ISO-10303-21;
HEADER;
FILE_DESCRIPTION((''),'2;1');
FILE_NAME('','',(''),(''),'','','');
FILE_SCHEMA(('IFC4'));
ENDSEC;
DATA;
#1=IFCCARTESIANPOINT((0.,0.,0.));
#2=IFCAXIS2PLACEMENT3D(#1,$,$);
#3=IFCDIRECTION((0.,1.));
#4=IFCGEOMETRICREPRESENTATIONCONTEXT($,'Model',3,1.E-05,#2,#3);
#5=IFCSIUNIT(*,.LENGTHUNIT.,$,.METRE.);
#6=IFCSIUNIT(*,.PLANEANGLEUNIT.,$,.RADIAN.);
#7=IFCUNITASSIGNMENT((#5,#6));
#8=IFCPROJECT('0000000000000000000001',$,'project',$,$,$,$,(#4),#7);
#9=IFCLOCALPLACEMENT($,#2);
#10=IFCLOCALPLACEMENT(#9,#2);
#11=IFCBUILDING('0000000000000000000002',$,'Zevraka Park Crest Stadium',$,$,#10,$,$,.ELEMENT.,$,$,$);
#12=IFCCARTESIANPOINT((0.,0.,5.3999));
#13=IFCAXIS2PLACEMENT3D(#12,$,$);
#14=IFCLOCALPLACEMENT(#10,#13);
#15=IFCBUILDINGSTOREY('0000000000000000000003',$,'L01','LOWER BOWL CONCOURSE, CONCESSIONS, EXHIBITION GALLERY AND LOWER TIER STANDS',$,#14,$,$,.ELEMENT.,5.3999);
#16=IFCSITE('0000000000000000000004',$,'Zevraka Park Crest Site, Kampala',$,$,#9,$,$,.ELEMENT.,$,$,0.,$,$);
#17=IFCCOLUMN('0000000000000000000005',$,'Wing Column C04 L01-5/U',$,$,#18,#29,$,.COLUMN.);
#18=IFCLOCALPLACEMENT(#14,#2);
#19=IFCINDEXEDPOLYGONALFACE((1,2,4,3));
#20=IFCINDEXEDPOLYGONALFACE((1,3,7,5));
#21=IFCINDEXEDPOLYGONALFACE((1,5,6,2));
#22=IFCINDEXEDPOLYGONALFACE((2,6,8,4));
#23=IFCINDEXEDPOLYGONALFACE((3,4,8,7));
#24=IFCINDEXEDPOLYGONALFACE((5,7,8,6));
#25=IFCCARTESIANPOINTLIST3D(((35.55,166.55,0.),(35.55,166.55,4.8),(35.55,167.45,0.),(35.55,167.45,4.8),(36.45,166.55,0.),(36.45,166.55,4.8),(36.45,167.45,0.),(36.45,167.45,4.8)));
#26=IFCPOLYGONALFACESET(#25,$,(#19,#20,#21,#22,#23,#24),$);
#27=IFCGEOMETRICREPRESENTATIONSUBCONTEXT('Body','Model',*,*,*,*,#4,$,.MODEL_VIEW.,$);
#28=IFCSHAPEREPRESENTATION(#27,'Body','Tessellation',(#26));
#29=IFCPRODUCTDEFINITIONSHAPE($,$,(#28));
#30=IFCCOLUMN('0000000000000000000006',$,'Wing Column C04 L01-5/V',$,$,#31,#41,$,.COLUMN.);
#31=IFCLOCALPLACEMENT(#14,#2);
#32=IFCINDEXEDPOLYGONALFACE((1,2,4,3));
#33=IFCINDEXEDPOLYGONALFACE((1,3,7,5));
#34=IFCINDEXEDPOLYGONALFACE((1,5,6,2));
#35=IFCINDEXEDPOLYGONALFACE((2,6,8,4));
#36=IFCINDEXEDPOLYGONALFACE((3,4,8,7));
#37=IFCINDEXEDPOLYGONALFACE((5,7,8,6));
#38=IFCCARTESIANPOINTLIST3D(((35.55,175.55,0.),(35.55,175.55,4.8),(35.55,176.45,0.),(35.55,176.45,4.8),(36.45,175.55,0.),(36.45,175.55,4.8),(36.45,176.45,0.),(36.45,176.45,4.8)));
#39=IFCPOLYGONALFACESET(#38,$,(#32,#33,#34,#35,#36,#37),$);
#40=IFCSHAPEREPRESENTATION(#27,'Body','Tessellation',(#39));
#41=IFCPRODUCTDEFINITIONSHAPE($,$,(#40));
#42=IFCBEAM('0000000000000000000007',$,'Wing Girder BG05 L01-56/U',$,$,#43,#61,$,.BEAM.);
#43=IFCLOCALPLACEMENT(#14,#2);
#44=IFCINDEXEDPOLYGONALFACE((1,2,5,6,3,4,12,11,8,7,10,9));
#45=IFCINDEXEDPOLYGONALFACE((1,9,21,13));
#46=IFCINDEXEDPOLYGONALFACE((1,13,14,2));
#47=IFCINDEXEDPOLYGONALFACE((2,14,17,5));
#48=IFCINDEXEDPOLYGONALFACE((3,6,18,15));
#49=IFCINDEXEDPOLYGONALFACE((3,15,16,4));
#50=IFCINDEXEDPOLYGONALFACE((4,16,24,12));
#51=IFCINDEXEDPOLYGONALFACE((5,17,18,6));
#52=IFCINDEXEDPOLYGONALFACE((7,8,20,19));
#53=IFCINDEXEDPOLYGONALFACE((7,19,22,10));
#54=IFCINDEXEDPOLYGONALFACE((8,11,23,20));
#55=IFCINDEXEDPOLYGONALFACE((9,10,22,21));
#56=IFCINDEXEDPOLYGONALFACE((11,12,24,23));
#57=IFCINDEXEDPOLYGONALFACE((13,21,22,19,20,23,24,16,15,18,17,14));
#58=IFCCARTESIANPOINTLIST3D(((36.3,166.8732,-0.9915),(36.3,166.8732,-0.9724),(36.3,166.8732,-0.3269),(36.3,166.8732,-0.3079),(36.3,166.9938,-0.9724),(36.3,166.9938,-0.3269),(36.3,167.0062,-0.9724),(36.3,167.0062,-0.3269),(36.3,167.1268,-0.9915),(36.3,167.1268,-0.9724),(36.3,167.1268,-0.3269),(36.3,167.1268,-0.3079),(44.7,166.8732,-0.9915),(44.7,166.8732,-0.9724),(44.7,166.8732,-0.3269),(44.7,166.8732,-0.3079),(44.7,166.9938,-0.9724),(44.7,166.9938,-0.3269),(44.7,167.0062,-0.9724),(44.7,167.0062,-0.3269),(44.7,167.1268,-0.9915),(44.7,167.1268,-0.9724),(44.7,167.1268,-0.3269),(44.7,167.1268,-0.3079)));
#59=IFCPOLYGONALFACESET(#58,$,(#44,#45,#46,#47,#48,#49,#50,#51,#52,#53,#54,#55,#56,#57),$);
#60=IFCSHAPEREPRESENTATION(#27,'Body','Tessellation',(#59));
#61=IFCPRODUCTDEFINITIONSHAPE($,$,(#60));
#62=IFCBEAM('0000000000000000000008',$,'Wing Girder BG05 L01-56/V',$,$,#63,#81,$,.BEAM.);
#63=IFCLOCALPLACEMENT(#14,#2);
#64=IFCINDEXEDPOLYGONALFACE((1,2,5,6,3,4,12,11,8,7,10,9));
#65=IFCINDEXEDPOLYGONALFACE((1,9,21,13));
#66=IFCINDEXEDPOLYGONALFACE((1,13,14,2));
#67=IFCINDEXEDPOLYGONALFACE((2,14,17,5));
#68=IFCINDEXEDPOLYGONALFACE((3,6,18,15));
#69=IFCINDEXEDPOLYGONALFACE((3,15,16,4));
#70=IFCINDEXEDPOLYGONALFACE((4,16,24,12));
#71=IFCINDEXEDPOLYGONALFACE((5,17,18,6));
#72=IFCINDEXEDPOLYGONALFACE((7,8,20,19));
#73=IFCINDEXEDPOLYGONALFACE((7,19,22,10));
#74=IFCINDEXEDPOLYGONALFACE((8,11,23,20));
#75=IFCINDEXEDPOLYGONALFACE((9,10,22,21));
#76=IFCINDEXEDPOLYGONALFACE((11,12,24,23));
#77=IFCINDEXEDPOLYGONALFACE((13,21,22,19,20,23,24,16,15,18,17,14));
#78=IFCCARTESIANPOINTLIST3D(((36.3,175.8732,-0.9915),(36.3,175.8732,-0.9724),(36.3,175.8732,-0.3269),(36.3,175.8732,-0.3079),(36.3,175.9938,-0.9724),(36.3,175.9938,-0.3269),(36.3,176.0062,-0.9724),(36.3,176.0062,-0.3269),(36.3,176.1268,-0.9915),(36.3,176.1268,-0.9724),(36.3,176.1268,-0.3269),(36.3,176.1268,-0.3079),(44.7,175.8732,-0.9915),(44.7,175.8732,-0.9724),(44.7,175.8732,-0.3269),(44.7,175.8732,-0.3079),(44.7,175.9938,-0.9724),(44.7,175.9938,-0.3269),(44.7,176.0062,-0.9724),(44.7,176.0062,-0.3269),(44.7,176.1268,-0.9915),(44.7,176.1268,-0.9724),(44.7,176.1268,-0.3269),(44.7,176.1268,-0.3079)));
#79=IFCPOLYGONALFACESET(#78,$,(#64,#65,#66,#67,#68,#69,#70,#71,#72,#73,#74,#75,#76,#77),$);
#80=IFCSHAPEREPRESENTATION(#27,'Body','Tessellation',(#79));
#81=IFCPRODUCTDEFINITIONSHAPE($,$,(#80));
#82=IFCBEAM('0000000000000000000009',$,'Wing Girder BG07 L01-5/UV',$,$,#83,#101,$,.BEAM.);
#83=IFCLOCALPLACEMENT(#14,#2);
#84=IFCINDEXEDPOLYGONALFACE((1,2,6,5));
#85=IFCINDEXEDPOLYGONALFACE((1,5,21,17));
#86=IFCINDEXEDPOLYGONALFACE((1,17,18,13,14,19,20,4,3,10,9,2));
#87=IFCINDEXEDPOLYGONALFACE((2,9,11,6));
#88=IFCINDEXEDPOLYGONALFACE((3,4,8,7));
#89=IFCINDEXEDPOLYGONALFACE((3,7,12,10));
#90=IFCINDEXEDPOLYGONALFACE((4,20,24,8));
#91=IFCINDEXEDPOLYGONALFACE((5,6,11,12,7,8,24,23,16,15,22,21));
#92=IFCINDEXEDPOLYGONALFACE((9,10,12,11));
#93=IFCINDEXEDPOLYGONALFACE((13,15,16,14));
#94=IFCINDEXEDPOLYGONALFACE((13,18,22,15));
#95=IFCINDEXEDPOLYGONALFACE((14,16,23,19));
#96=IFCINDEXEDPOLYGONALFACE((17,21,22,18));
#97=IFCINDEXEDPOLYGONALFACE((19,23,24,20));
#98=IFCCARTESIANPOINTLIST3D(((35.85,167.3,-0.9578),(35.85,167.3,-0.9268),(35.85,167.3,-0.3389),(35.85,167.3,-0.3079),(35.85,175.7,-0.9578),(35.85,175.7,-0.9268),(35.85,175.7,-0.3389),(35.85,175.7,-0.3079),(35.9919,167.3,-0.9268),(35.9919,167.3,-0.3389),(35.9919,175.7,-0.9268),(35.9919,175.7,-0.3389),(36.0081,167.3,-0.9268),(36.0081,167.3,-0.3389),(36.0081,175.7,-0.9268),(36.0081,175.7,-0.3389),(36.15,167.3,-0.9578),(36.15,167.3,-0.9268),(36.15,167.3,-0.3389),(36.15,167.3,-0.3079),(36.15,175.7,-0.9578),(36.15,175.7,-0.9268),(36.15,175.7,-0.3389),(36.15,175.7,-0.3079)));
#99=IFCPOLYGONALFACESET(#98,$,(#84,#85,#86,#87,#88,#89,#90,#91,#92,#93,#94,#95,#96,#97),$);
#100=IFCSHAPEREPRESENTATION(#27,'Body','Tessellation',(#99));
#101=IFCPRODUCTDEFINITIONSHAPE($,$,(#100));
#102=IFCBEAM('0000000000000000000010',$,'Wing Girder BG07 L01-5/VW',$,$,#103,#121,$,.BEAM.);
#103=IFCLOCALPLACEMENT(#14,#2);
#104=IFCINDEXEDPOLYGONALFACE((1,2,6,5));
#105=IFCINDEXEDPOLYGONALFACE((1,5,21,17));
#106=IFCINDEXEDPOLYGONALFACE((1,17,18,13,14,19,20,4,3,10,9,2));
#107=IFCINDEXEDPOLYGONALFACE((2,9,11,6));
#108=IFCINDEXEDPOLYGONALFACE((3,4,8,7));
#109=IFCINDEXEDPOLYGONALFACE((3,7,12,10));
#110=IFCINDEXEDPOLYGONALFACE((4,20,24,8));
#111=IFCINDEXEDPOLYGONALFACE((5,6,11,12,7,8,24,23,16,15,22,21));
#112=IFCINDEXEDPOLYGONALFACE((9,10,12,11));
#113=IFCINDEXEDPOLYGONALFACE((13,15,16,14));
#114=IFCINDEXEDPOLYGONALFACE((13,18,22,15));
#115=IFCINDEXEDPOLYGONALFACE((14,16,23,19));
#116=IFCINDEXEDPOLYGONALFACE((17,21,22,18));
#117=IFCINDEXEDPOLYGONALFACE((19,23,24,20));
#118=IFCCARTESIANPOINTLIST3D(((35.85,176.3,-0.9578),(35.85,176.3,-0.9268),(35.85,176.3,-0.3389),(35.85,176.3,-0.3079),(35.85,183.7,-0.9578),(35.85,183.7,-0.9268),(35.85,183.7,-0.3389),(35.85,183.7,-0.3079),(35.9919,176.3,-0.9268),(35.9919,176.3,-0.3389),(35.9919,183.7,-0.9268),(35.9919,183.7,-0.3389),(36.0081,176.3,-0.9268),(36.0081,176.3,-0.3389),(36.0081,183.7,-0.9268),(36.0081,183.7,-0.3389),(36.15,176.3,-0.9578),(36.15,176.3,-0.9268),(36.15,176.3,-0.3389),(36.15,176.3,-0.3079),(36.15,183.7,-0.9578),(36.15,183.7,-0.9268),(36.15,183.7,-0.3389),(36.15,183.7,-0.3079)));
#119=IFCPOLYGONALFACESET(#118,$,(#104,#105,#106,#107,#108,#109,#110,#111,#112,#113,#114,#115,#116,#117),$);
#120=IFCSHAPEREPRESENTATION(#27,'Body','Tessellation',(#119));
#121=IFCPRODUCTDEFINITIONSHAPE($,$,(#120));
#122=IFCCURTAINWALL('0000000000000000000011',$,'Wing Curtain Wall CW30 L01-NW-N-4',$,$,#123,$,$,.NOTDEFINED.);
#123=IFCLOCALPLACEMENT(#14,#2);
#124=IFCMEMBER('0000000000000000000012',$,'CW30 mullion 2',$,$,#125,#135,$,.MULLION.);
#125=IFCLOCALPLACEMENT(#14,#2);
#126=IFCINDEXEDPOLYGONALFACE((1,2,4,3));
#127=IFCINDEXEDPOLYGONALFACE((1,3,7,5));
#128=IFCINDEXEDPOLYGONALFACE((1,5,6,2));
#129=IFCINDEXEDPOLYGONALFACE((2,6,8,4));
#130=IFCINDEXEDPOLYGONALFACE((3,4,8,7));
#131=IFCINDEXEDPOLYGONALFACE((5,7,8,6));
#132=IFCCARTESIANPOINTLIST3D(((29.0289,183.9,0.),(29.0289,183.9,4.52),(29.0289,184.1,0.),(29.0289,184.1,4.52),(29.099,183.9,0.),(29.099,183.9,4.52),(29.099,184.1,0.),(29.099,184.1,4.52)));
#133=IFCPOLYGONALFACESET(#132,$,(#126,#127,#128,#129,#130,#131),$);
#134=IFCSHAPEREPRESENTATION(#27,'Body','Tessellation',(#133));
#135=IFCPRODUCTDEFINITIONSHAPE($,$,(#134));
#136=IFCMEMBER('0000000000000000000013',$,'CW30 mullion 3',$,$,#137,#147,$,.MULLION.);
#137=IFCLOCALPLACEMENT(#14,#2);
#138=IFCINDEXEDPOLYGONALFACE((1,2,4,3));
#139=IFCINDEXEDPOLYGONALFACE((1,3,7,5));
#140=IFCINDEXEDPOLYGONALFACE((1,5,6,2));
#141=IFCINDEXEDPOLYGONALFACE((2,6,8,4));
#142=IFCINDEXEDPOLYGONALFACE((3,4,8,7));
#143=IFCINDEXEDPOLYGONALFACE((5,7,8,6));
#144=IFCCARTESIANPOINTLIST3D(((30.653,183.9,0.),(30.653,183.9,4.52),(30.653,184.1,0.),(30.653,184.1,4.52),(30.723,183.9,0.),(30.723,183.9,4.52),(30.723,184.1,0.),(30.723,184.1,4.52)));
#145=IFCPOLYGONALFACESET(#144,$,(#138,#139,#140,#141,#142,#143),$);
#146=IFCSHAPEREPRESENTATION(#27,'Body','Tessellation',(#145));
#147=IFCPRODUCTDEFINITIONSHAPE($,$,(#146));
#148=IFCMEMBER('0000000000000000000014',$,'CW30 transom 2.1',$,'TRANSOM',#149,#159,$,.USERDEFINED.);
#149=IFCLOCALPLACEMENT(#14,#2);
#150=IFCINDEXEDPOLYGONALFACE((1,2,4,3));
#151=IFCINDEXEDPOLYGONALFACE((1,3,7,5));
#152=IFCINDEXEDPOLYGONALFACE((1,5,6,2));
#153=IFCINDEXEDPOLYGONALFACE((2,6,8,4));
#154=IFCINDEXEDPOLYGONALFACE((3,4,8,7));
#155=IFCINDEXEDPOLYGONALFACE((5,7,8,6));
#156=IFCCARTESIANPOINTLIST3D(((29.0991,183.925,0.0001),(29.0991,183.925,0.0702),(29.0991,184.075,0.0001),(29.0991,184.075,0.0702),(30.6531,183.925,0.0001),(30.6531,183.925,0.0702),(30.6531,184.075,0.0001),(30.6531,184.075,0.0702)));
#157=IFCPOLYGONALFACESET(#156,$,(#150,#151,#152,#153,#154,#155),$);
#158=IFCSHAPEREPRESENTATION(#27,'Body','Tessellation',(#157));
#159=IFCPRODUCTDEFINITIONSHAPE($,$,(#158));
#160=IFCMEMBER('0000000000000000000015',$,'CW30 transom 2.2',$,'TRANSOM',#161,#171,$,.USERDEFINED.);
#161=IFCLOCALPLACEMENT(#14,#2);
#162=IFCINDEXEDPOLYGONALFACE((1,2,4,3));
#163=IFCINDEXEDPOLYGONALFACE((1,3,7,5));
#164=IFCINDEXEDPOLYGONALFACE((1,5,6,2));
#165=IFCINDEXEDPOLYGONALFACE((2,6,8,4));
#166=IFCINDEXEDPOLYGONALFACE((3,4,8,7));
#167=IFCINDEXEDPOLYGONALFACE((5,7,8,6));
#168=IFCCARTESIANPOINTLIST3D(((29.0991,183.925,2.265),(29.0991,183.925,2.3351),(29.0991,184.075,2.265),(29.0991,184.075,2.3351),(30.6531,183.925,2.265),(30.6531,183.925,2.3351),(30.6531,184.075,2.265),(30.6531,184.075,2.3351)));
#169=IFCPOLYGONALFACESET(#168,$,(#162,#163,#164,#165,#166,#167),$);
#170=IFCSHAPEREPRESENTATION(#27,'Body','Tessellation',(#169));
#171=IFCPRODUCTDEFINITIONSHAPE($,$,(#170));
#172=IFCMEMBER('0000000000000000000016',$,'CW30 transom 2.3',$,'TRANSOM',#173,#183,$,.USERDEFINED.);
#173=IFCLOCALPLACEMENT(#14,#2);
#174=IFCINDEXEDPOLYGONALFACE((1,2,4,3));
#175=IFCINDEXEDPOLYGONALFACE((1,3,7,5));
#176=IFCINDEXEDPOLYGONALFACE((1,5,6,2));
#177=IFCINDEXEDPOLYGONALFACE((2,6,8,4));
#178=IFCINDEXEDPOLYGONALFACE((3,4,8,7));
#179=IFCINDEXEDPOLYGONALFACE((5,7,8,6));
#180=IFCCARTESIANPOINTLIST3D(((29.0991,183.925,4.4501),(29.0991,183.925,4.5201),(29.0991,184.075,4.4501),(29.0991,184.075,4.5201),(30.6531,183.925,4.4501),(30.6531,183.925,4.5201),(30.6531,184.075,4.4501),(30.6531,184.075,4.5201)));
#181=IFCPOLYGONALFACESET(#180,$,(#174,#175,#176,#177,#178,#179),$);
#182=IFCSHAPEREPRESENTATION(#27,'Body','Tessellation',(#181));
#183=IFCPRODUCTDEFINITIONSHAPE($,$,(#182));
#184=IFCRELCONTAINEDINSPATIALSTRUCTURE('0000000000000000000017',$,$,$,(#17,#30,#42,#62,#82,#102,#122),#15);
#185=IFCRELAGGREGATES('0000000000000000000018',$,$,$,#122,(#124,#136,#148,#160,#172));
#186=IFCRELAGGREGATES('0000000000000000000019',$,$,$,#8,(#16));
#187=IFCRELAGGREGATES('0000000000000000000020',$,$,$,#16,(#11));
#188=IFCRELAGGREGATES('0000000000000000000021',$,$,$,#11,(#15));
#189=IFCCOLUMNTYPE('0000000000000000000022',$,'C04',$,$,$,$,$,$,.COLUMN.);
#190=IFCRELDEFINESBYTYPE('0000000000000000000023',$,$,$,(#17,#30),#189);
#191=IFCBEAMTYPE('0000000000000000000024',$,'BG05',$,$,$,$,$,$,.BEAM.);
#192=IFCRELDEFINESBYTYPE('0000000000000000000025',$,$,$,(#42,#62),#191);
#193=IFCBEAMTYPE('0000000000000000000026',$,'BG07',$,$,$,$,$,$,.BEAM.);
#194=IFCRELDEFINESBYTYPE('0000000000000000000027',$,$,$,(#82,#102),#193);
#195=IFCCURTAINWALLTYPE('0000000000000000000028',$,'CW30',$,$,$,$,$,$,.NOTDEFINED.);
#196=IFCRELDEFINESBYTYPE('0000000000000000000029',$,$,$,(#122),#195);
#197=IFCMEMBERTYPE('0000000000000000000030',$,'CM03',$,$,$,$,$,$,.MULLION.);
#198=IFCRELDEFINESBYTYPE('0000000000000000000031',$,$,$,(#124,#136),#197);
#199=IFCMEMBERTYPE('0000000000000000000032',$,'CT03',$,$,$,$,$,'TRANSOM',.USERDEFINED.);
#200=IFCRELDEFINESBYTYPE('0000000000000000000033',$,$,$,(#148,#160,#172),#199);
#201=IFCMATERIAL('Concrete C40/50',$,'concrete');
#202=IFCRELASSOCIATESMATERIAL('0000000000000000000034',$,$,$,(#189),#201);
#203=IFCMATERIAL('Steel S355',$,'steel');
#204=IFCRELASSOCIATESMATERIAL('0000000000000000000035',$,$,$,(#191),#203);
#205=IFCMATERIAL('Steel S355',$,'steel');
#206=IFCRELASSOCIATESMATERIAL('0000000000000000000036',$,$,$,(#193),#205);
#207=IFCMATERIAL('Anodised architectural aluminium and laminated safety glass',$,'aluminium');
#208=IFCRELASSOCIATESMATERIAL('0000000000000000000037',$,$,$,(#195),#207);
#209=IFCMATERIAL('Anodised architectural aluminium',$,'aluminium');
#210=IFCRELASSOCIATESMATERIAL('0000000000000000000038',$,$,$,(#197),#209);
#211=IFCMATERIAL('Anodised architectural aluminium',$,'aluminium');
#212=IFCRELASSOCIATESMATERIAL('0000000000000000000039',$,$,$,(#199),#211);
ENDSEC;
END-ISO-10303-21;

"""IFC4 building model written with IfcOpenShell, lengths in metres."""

from ifc_helpers import new_model, si_unit, direction, frame, origin, origin_2d, place, context, subcontext, project, spatial, rectangle, i_section, extrude, material, material_profile, profile_set, type_object, element, aggregate, save


model = new_model("IFC4")

# Units and contexts
model_context = context("Model", 3, precision=1e-05, world=origin(), true_north=direction((0.0, 1.0)))
body_context = subcontext(model_context, "Body", "Model", "MODEL_VIEW")
ifc_project = project(units=[si_unit("LENGTHUNIT", "METRE"), si_unit("PLANEANGLEUNIT", "RADIAN")], contexts=[model_context])

# Site, building, storey
site_placement = place(None, origin())
site = spatial("IfcSite", under=ifc_project, at=site_placement, Name="Zevraka Park Crest Site, Kampala", CompositionType="ELEMENT", RefElevation=0.0)
building_placement = place(site_placement, origin())
building = spatial("IfcBuilding", under=site, at=building_placement, Name="Zevraka Park Crest Stadium", CompositionType="ELEMENT")
storey_placement = place(building_placement, frame((0.0, 0.0, 5.3999)))
storey = spatial("IfcBuildingStorey", under=building, at=storey_placement, Name="L01", Description="LOWER BOWL CONCOURSE, CONCESSIONS, EXHIBITION GALLERY AND LOWER TIER STANDS", CompositionType="ELEMENT", Elevation=5.3999)

# Columns
ifc_material_1 = material(Name="Concrete C40/50", Category="concrete")
ifc_material_profile_1 = material_profile(ifc_material_1, rectangle(XDim=0.8999, YDim=0.8999, at=origin_2d()), Name="RC 900x900")
ifc_profile_set_1 = profile_set([ifc_material_profile_1], Name="Concrete C40/50")
column_type = type_object("IfcColumnType", Name="C04", PredefinedType="COLUMN", material=ifc_profile_set_1)
for number, where, z_axis, x_axis, name in (
    (1, (36.0, 167.0, 0.0), (0.0, 0.0, 1.0), (1.0, 0.0, 0.0), "Wing Column C04 L01-5/U"),
    (2, (36.0, 176.0, 0.0), (0.0, 0.0, 1.0), (1.0, 0.0, 0.0), "Wing Column C04 L01-5/V"),
):
    element("IfcColumn", number, at=place(storey_placement, frame(where, z_axis=z_axis, x_axis=x_axis)), inside=storey, type_object=column_type, Name=name, PredefinedType="COLUMN", context=body_context, shape_type="SweptSolid", body=[
        extrude(rectangle(XDim=0.8999, YDim=0.8999, at=origin_2d()), origin(), (0.0, 0.0, 1.0), 4.8),
    ])

# Beams
ifc_material_2 = material(Name="Steel S355", Category="steel")
ifc_material_profile_2 = material_profile(ifc_material_2, i_section(OverallWidth=0.2537, OverallDepth=0.6836, WebThickness=0.0125, FlangeThickness=0.019, at=origin_2d()), Name="UKB 686x254x140")
ifc_profile_set_2 = profile_set([ifc_material_profile_2], Name="Steel S355")
beam_type_1 = type_object("IfcBeamType", Name="BG05", PredefinedType="BEAM", material=ifc_profile_set_2)
for number, where, z_axis, x_axis, name in (
    (3, (36.3, 167.0, -0.6497), (1.0, 0.0, 0.0), (0.0, 1.0, 0.0), "Wing Girder BG05 L01-56/U"),
    (4, (36.3, 176.0, -0.6497), (1.0, 0.0, 0.0), (0.0, 1.0, 0.0), "Wing Girder BG05 L01-56/V"),
):
    element("IfcBeam", number, at=place(storey_placement, frame(where, z_axis=z_axis, x_axis=x_axis)), inside=storey, type_object=beam_type_1, Name=name, PredefinedType="BEAM", context=body_context, shape_type="SweptSolid", body=[
        extrude(i_section(OverallWidth=0.2537, OverallDepth=0.6836, WebThickness=0.0125, FlangeThickness=0.019, at=origin_2d()), origin(), (0.0, 0.0, 1.0), 8.3999),
    ])
ifc_material_3 = material(Name="Steel S355", Category="steel")
ifc_material_profile_3 = material_profile(ifc_material_3, i_section(OverallWidth=0.3, OverallDepth=0.6499, WebThickness=0.0161, FlangeThickness=0.031, at=origin_2d()), Name="HEB 650")
ifc_profile_set_3 = profile_set([ifc_material_profile_3], Name="Steel S355")
beam_type_2 = type_object("IfcBeamType", Name="BG07", PredefinedType="BEAM", material=ifc_profile_set_3)
beam_1_placement = place(storey_placement, frame((36.0, 167.3, -0.6328), z_axis=(0.0, 1.0, 0.0), x_axis=(-1.0, 0.0, 0.0)))
element("IfcBeam", 5, at=beam_1_placement, inside=storey, type_object=beam_type_2, Name="Wing Girder BG07 L01-5/UV", PredefinedType="BEAM", context=body_context, shape_type="SweptSolid", body=[
    extrude(i_section(OverallWidth=0.3, OverallDepth=0.6499, WebThickness=0.0161, FlangeThickness=0.031, at=origin_2d()), origin(), (0.0, 0.0, 1.0), 8.3999),
])
beam_2_placement = place(storey_placement, frame((36.0, 176.3, -0.6328), z_axis=(0.0, 1.0, 0.0), x_axis=(-1.0, 0.0, 0.0)))
element("IfcBeam", 6, at=beam_2_placement, inside=storey, type_object=beam_type_2, Name="Wing Girder BG07 L01-5/VW", PredefinedType="BEAM", context=body_context, shape_type="SweptSolid", body=[
    extrude(i_section(OverallWidth=0.3, OverallDepth=0.6499, WebThickness=0.0161, FlangeThickness=0.031, at=origin_2d()), origin(), (0.0, 0.0, 1.0), 7.3999),
])

# Curtain wall, members
ifc_material_4 = material(Name="Anodised architectural aluminium and laminated safety glass", Category="aluminium")
curtain_wall_type = type_object("IfcCurtainWallType", Name="CW30", PredefinedType="NOTDEFINED", material=ifc_material_4)
curtain_wall_placement = place(storey_placement, origin())
curtain_wall = element("IfcCurtainWall", 7, at=curtain_wall_placement, inside=storey, type_object=curtain_wall_type, Name="Wing Curtain Wall CW30 L01-NW-N-4", PredefinedType="NOTDEFINED")
ifc_material_5 = material(Name="Anodised architectural aluminium", Category="aluminium")
ifc_material_profile_4 = material_profile(ifc_material_5, rectangle(XDim=0.2, YDim=0.0701, at=origin_2d()), Name="ALU MULLION 200x70")
ifc_profile_set_4 = profile_set([ifc_material_profile_4], Name="Anodised architectural aluminium")
member_type_1 = type_object("IfcMemberType", Name="CM03", PredefinedType="MULLION", material=ifc_profile_set_4)
member_1_placement = place(storey_placement, frame((29.064, 184.0, 0.0), z_axis=(0.0, 0.0, 1.0), x_axis=(0.0, 1.0, 0.0)))
member_1 = element("IfcMember", 8, at=member_1_placement, type_object=member_type_1, Name="CW30 mullion 2", PredefinedType="MULLION", context=body_context, shape_type="SweptSolid", body=[
    extrude(rectangle(XDim=0.2, YDim=0.0701, at=origin_2d()), origin(), (0.0, 0.0, 1.0), 4.52),
])
member_2_placement = place(storey_placement, frame((30.688, 184.0, 0.0), z_axis=(0.0, 0.0, 1.0), x_axis=(0.0, 1.0, 0.0)))
member_2 = element("IfcMember", 9, at=member_2_placement, type_object=member_type_1, Name="CW30 mullion 3", PredefinedType="MULLION", context=body_context, shape_type="SweptSolid", body=[
    extrude(rectangle(XDim=0.2, YDim=0.0701, at=origin_2d()), origin(), (0.0, 0.0, 1.0), 4.52),
])
ifc_material_6 = material(Name="Anodised architectural aluminium", Category="aluminium")
ifc_material_profile_5 = material_profile(ifc_material_6, rectangle(XDim=0.1499, YDim=0.0701, at=origin_2d()), Name="ALU TRANSOM 150x70")
ifc_profile_set_5 = profile_set([ifc_material_profile_5], Name="Anodised architectural aluminium")
member_type_2 = type_object("IfcMemberType", Name="CT03", ElementType="TRANSOM", PredefinedType="USERDEFINED", material=ifc_profile_set_5)
member_3_placement = place(storey_placement, frame((29.0991, 184.0, 0.0352), z_axis=(1.0, 0.0, 0.0), x_axis=(0.0, 1.0, 0.0)))
member_3 = element("IfcMember", 10, at=member_3_placement, type_object=member_type_2, Name="CW30 transom 2.1", ObjectType="TRANSOM", PredefinedType="USERDEFINED", context=body_context, shape_type="SweptSolid", body=[
    extrude(rectangle(XDim=0.1499, YDim=0.0701, at=origin_2d()), origin(), (0.0, 0.0, 1.0), 1.554),
])
member_4_placement = place(storey_placement, frame((29.0991, 184.0, 2.3), z_axis=(1.0, 0.0, 0.0), x_axis=(0.0, 1.0, 0.0)))
member_4 = element("IfcMember", 11, at=member_4_placement, type_object=member_type_2, Name="CW30 transom 2.2", ObjectType="TRANSOM", PredefinedType="USERDEFINED", context=body_context, shape_type="SweptSolid", body=[
    extrude(rectangle(XDim=0.1499, YDim=0.0701, at=origin_2d()), origin(), (0.0, 0.0, 1.0), 1.554),
])
member_5_placement = place(storey_placement, frame((29.0991, 184.0, 4.4851), z_axis=(1.0, 0.0, 0.0), x_axis=(0.0, 1.0, 0.0)))
member_5 = element("IfcMember", 12, at=member_5_placement, type_object=member_type_2, Name="CW30 transom 2.3", ObjectType="TRANSOM", PredefinedType="USERDEFINED", context=body_context, shape_type="SweptSolid", body=[
    extrude(rectangle(XDim=0.1499, YDim=0.0701, at=origin_2d()), origin(), (0.0, 0.0, 1.0), 1.554),
])

aggregate(curtain_wall, [member_1, member_2, member_3, member_4, member_5])

save(model, "model.ifc")
